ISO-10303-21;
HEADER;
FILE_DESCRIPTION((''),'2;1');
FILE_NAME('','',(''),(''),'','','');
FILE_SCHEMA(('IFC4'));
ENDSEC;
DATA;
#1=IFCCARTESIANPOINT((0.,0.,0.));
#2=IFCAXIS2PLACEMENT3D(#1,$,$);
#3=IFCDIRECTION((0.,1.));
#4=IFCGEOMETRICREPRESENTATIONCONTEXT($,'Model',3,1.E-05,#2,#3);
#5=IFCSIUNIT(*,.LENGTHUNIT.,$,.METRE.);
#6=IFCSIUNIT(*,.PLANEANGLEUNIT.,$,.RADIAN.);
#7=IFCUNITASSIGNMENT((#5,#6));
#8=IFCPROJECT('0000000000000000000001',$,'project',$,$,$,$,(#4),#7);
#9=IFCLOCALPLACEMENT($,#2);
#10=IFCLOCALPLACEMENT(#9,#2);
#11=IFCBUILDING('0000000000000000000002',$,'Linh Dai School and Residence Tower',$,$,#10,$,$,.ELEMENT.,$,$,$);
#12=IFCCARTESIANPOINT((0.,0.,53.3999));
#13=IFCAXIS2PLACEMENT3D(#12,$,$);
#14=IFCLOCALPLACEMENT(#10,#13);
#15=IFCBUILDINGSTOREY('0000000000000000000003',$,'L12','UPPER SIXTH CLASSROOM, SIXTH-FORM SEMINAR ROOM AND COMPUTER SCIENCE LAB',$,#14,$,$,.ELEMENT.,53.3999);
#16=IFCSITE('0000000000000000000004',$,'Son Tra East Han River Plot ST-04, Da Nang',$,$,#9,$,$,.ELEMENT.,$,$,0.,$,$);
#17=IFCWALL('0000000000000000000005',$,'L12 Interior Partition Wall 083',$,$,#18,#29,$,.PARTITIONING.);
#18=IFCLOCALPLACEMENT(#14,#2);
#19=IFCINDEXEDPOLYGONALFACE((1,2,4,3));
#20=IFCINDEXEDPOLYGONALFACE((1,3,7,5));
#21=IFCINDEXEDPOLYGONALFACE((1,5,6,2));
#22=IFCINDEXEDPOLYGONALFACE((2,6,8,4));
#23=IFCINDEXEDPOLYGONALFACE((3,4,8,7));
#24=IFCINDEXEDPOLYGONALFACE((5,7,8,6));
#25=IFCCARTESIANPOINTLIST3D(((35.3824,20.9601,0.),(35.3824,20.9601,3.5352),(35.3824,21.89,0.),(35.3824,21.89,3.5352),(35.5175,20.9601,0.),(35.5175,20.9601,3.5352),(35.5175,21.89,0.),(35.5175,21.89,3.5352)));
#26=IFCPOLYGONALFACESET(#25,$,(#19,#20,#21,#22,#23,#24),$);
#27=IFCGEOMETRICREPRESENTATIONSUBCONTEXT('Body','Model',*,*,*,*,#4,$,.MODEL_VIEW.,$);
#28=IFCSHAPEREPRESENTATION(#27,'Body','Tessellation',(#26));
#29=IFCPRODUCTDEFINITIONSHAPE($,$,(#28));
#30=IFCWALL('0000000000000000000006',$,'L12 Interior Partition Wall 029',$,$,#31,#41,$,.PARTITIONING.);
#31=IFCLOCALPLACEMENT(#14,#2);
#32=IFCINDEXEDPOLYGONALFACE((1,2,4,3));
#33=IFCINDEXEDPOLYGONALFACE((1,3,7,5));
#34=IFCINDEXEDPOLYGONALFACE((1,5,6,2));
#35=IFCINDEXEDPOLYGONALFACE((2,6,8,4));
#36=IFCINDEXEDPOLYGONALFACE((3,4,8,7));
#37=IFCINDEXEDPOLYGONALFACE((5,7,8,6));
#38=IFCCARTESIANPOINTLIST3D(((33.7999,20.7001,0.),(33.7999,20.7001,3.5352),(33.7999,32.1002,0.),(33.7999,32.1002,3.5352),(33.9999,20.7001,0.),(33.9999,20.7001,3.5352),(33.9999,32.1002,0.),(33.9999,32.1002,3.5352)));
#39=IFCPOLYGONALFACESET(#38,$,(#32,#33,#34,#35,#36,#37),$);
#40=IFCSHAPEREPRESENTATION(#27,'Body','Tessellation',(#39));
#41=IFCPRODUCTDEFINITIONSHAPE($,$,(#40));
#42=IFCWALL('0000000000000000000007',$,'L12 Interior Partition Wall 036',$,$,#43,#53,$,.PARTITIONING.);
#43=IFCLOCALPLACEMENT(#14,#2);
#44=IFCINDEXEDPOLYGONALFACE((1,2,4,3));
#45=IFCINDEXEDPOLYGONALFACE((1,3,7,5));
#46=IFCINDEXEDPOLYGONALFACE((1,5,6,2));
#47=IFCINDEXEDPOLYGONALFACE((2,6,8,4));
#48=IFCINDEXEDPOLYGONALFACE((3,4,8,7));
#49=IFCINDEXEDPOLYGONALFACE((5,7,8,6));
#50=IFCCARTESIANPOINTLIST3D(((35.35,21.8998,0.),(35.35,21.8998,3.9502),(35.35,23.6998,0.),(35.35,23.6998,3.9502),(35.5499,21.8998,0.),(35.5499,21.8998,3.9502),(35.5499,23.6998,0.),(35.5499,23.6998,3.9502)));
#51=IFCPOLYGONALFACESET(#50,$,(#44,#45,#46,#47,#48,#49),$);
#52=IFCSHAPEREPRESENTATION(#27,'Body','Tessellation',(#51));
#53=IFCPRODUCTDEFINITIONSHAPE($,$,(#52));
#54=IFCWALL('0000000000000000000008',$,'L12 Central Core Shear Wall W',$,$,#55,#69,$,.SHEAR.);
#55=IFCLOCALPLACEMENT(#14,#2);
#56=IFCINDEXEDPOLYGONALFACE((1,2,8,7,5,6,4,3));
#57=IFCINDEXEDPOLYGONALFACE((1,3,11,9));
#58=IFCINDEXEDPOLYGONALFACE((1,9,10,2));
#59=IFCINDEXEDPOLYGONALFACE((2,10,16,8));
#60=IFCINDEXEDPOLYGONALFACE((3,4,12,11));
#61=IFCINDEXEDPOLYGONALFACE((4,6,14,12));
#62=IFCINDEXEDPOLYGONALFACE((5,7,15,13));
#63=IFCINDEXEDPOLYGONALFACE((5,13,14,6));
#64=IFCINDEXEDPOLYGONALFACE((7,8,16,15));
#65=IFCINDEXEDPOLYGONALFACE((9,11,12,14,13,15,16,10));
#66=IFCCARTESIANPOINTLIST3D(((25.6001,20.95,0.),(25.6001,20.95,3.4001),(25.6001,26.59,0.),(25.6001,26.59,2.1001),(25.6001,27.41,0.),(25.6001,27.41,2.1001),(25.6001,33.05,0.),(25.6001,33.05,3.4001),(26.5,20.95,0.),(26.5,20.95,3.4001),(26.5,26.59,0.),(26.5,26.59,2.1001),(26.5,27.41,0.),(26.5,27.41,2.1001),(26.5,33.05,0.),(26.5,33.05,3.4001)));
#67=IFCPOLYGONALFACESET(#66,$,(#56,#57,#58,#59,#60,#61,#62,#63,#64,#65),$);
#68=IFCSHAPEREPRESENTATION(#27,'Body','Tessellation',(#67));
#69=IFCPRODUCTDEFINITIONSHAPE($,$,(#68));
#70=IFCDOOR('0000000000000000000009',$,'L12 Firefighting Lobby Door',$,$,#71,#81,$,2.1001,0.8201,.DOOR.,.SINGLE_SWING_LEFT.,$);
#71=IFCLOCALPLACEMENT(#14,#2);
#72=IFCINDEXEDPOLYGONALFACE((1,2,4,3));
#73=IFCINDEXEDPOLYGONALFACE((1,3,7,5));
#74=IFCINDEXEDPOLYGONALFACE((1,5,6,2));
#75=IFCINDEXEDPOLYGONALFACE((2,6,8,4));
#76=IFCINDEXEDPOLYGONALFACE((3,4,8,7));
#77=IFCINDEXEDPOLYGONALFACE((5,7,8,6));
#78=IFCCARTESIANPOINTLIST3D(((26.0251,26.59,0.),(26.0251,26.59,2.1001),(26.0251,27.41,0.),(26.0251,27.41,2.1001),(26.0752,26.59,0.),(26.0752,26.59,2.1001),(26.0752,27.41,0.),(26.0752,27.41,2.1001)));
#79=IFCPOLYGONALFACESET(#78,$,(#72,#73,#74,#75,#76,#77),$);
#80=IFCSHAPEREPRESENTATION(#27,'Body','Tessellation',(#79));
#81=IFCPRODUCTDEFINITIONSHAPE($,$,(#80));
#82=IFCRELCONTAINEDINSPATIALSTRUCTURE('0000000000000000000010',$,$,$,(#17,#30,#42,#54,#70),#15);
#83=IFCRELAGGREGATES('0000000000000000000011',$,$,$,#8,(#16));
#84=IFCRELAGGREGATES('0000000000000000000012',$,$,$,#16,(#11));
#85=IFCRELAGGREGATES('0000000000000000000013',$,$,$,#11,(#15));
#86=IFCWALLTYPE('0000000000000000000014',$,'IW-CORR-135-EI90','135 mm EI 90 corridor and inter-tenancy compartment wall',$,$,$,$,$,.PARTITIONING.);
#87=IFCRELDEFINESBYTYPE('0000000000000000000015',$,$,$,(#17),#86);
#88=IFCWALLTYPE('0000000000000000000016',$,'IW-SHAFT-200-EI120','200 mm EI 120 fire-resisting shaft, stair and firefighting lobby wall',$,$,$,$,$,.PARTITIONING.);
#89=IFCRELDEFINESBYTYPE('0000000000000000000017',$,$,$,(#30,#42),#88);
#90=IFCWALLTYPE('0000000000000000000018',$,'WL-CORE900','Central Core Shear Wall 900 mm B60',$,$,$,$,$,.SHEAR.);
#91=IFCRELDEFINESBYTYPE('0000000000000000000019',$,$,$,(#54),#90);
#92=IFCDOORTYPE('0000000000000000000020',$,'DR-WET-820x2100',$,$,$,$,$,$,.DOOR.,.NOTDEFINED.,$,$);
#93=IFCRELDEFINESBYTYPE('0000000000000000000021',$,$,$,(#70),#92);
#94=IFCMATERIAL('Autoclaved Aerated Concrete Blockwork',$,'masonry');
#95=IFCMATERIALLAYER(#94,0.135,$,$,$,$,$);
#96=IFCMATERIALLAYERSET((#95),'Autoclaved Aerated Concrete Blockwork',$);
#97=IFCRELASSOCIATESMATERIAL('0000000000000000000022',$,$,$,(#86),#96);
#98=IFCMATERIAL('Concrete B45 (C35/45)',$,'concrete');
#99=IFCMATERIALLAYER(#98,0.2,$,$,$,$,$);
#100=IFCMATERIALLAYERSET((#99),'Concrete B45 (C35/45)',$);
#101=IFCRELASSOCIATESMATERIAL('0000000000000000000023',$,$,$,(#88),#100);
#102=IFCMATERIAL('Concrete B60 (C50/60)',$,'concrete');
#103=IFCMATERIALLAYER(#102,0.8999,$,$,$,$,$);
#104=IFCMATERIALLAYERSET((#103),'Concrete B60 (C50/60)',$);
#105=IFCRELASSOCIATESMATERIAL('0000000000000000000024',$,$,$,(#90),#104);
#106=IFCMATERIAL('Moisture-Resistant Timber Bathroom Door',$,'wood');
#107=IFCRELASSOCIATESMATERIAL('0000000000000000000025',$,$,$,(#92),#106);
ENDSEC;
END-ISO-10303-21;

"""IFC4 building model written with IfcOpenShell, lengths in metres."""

from ifc_helpers import new_model, si_unit, direction, frame, frame_2d, origin, origin_2d, place, context, subcontext, project, spatial, rectangle, extrude, source, transform, mapped, material, layer, layer_set, type_object, element, fill, save


model = new_model("IFC4")

# Units and contexts
model_context = context("Model", 3, precision=1e-05, world=origin(), true_north=direction((0.0, 1.0)))
body_context = subcontext(model_context, "Body", "Model", "MODEL_VIEW")
ifc_project = project(units=[si_unit("LENGTHUNIT", "METRE"), si_unit("PLANEANGLEUNIT", "RADIAN")], contexts=[model_context])

# Site, building, storey
site_placement = place(None, origin())
site = spatial("IfcSite", under=ifc_project, at=site_placement, Name="Son Tra East Han River Plot ST-04, Da Nang", CompositionType="ELEMENT", RefElevation=0.0)
building_placement = place(site_placement, origin())
building = spatial("IfcBuilding", under=site, at=building_placement, Name="Linh Dai School and Residence Tower", CompositionType="ELEMENT")
storey_placement = place(building_placement, frame((0.0, 0.0, 53.3999)))
storey = spatial("IfcBuildingStorey", under=building, at=storey_placement, Name="L12", Description="UPPER SIXTH CLASSROOM, SIXTH-FORM SEMINAR ROOM AND COMPUTER SCIENCE LAB", CompositionType="ELEMENT", Elevation=53.3999)

# Shared definitions
ifc_material_1 = material(Name="Concrete B60 (C50/60)", Category="concrete")

# Walls
ifc_material_2 = material(Name="Autoclaved Aerated Concrete Blockwork", Category="masonry")
ifc_layer_1 = layer(ifc_material_2, 0.135)
ifc_layer_set_1 = layer_set([ifc_layer_1], Name="Autoclaved Aerated Concrete Blockwork")
wall_type_1 = type_object("IfcWallType", Name="IW-CORR-135-EI90", Description="135 mm EI 90 corridor and inter-tenancy compartment wall", PredefinedType="PARTITIONING", material=ifc_layer_set_1)
wall_1_placement = place(storey_placement, frame((35.45, 21.8899, 0.0), z_axis=(0.0, 0.0, 1.0), x_axis=(0.0, -1.0, 0.0)))
element("IfcWall", 1, at=wall_1_placement, inside=storey, type_object=wall_type_1, Name="L12 Interior Partition Wall 083", PredefinedType="PARTITIONING", context=body_context, shape_type="SweptSolid", body=[
    extrude(rectangle(XDim=0.9299, YDim=0.135, at=frame_2d((0.4648, 0.0))), origin(), (0.0, 0.0, 1.0), 3.5352),
])
ifc_material_3 = material(Name="Concrete B45 (C35/45)", Category="concrete")
ifc_layer_2 = layer(ifc_material_3, 0.2)
ifc_layer_set_2 = layer_set([ifc_layer_2], Name="Concrete B45 (C35/45)")
wall_type_2 = type_object("IfcWallType", Name="IW-SHAFT-200-EI120", Description="200 mm EI 120 fire-resisting shaft, stair and firefighting lobby wall", PredefinedType="PARTITIONING", material=ifc_layer_set_2)
wall_2_placement = place(storey_placement, frame((33.8999, 20.7, 0.0), z_axis=(0.0, 0.0, 1.0), x_axis=(0.0, 1.0, 0.0)))
element("IfcWall", 2, at=wall_2_placement, inside=storey, type_object=wall_type_2, Name="L12 Interior Partition Wall 029", PredefinedType="PARTITIONING", context=body_context, shape_type="SweptSolid", body=[
    extrude(rectangle(XDim=11.4001, YDim=0.2, at=frame_2d((5.7002, 0.0))), origin(), (0.0, 0.0, 1.0), 3.5352),
])
wall_3_placement = place(storey_placement, frame((35.45, 21.8999, 0.0), z_axis=(0.0, 0.0, 1.0), x_axis=(0.0, 1.0, 0.0)))
element("IfcWall", 3, at=wall_3_placement, inside=storey, type_object=wall_type_2, Name="L12 Interior Partition Wall 036", PredefinedType="PARTITIONING", context=body_context, shape_type="SweptSolid", body=[
    extrude(rectangle(XDim=1.8, YDim=0.2, at=frame_2d((0.8999, 0.0))), origin(), (0.0, 0.0, 1.0), 3.9502),
])

# Wall, opening, door
ifc_layer_3 = layer(ifc_material_1, 0.8999)
ifc_layer_set_3 = layer_set([ifc_layer_3], Name="Concrete B60 (C50/60)")
wall_type_3 = type_object("IfcWallType", Name="WL-CORE900", Description="Central Core Shear Wall 900 mm B60", PredefinedType="SHEAR", material=ifc_layer_set_3)
wall_4_placement = place(storey_placement, frame((26.05, 20.95, 0.0), z_axis=(0.0, 0.0, 1.0), x_axis=(0.0, 1.0, 0.0)))
wall_4 = element("IfcWall", 4, at=wall_4_placement, inside=storey, type_object=wall_type_3, Name="L12 Central Core Shear Wall W", PredefinedType="SHEAR", context=body_context, shape_type="SweptSolid", body=[
    extrude(rectangle(XDim=12.1001, YDim=0.8999, at=frame_2d((6.05, 0.0))), origin(), (0.0, 0.0, 1.0), 3.4001),
])
opening_1_placement = place(wall_4_placement, frame((5.6399, 0.0, 0.0)))
opening_1 = element("IfcOpeningElement", 5, at=opening_1_placement, cuts=wall_4, PredefinedType="OPENING", context=body_context, shape_type="SweptSolid", body=[
    extrude(rectangle(XDim=0.8201, YDim=2.1001, at=origin_2d()), frame((0.4102, 0.46, 1.05), z_axis=(0.0, -1.0, 0.0), x_axis=(1.0, 0.0, 0.0)), (0.0, 0.0, 1.0), 0.9199),
])
ifc_material_4 = material(Name="Moisture-Resistant Timber Bathroom Door", Category="wood")
door_type_1 = type_object("IfcDoorType", Name="DR-WET-820x2100", OperationType="NOTDEFINED", PredefinedType="DOOR", material=ifc_material_4)
shared_shape_1 = source(origin(), body_context, "Body", "SweptSolid", [
    extrude(rectangle(XDim=0.8201, YDim=2.1001, at=origin_2d()), frame((0.4102, 0.0249, 1.05), z_axis=(0.0, -1.0, 0.0), x_axis=(1.0, 0.0, 0.0)), (0.0, 0.0, 1.0), 0.05),
])
door_1_placement = place(opening_1_placement, origin())
door_1 = element("IfcDoor", 6, at=door_1_placement, inside=storey, type_object=door_type_1, Name="L12 Firefighting Lobby Door", OperationType="SINGLE_SWING_LEFT", OverallHeight=2.1001, OverallWidth=0.8201, PredefinedType="DOOR", context=body_context, shape_type="MappedRepresentation", body=[
    mapped(shared_shape_1, transform((0.0, 0.0, 0.0), x_axis=(1.0, 0.0, 0.0), y_axis=(0.0, 1.0, 0.0), z_axis=(0.0, 0.0, 1.0), scale=1.0)),
])
fill(opening_1, door_1)

save(model, "model.ifc")
